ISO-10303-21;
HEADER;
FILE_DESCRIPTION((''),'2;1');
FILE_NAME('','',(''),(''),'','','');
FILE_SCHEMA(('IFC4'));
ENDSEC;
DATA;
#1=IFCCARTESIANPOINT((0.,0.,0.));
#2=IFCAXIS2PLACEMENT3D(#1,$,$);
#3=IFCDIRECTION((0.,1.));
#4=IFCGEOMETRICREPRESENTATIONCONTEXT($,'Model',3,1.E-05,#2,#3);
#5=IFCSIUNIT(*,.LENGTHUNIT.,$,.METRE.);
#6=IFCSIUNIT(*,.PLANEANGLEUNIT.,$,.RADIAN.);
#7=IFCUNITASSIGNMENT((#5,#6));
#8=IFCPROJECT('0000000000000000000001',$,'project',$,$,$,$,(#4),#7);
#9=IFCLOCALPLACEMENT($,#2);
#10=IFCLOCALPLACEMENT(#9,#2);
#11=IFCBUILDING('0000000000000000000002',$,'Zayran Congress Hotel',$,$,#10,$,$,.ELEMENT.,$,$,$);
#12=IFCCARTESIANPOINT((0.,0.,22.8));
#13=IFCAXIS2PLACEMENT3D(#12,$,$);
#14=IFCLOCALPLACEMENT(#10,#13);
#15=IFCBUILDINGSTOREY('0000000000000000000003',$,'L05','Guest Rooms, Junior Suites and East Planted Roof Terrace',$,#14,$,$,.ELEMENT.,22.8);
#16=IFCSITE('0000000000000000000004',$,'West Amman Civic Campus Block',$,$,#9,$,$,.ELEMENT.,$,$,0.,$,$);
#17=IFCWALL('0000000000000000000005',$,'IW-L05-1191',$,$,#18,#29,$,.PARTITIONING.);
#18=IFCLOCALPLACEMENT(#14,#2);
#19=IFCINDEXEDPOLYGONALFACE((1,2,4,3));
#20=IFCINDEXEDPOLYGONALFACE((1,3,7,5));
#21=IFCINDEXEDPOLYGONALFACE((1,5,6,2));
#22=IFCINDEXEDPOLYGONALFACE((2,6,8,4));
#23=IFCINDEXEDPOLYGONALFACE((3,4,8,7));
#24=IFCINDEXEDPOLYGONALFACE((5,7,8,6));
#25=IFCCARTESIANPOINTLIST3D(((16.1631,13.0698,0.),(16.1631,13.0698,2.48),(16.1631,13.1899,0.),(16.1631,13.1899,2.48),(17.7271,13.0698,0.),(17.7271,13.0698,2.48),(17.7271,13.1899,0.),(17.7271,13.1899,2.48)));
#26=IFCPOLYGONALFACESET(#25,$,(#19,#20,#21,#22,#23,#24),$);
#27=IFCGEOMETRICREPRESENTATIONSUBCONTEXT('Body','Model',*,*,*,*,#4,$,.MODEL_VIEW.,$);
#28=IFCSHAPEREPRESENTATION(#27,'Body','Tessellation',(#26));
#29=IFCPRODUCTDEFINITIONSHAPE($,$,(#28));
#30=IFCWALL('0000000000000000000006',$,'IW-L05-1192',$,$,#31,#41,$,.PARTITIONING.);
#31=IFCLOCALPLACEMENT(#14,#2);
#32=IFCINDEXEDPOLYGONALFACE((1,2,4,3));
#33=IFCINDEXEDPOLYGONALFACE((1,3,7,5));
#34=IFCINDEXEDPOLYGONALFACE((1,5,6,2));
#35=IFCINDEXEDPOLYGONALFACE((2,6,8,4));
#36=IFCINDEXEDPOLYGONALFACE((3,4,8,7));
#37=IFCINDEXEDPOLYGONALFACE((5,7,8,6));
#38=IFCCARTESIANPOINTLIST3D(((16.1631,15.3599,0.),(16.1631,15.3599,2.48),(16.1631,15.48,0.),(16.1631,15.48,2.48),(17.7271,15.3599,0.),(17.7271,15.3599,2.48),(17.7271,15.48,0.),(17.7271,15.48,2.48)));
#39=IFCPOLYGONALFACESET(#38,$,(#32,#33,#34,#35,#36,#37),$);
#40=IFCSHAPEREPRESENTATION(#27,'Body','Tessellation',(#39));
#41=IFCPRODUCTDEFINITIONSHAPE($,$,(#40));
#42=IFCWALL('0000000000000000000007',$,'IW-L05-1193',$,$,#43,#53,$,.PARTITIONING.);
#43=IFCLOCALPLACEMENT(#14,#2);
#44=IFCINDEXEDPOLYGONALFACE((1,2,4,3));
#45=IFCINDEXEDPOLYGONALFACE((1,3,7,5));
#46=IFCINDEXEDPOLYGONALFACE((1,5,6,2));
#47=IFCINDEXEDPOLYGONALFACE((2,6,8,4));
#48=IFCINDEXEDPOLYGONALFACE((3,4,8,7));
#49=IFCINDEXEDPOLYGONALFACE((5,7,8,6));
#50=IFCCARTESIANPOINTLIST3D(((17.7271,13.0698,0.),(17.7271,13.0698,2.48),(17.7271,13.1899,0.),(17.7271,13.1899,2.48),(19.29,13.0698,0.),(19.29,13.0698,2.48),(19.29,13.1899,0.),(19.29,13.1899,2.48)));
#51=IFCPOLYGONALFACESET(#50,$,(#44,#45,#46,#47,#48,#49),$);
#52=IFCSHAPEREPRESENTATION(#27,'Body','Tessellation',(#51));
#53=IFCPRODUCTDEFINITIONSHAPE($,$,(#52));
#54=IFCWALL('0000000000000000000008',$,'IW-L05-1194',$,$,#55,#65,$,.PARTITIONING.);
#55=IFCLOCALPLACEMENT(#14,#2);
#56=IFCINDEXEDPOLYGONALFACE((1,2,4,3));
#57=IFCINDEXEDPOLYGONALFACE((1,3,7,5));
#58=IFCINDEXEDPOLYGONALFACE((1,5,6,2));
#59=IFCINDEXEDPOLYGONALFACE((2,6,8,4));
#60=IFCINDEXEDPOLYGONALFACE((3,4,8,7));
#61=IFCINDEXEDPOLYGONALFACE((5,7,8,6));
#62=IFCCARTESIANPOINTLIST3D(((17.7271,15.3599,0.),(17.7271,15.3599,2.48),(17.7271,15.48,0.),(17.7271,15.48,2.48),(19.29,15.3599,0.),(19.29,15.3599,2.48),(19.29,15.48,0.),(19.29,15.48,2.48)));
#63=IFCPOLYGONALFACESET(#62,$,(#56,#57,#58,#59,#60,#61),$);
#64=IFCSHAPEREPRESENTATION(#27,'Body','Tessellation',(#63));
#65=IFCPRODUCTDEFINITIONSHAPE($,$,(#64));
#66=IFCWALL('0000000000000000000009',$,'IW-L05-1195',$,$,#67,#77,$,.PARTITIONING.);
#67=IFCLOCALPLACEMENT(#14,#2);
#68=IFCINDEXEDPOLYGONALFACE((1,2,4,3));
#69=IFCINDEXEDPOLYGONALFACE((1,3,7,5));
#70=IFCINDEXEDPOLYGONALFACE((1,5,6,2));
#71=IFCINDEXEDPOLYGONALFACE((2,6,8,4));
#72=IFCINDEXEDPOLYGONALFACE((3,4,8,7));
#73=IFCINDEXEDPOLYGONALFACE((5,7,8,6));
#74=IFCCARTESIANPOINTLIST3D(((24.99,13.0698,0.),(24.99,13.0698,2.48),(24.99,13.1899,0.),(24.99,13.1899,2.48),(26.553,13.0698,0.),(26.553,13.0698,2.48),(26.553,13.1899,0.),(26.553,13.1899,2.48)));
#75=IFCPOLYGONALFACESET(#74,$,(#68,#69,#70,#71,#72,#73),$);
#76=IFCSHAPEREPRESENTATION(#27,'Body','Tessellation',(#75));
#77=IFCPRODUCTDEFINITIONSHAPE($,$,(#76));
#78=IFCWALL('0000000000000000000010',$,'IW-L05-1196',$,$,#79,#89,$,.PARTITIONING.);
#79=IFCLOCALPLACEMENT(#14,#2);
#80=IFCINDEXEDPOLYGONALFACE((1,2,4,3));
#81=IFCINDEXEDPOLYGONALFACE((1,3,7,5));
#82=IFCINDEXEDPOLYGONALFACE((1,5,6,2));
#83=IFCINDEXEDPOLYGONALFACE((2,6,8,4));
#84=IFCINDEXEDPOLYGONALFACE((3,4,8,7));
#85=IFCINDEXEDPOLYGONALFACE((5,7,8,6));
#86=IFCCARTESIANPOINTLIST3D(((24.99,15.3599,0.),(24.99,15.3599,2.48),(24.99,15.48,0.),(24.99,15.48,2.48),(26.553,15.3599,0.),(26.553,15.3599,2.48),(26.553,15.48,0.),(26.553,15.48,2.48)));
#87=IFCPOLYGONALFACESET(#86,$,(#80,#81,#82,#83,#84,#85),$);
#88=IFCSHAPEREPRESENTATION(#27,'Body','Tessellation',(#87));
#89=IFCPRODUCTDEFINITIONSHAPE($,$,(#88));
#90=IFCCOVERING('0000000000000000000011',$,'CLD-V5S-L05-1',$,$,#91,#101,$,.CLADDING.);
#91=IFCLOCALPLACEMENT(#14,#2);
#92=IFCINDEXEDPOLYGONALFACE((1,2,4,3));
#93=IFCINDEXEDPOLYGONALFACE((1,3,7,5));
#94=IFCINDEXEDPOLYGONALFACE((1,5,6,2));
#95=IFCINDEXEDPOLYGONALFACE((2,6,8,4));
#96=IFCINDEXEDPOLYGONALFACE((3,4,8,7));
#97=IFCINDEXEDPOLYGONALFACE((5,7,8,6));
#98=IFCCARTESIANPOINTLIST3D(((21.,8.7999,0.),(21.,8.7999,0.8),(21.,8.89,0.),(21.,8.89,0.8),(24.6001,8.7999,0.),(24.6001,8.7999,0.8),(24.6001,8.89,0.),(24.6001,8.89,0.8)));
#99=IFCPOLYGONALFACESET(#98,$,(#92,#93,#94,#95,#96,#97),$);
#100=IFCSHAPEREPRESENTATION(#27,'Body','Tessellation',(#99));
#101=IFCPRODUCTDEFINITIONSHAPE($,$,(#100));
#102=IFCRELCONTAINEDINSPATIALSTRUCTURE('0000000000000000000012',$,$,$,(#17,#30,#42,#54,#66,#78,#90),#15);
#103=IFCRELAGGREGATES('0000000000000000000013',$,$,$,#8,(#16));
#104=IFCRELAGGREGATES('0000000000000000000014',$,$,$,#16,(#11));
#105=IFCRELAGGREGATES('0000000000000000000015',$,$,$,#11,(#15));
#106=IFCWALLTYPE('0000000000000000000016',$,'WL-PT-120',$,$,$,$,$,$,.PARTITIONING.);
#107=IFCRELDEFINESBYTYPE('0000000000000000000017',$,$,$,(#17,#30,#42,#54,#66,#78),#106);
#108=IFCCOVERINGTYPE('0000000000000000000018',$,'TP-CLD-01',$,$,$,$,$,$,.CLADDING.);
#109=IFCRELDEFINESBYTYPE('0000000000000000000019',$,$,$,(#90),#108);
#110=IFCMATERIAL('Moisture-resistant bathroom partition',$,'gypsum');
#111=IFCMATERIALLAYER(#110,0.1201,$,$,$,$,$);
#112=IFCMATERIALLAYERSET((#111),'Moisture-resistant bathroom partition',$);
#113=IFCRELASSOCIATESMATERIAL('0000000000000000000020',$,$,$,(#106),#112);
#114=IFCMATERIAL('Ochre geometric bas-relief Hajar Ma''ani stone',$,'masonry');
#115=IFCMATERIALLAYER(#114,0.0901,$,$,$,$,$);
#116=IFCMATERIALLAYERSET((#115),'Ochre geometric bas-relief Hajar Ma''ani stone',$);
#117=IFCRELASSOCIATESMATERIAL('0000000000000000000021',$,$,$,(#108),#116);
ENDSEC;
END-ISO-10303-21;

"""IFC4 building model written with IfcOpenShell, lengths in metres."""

from ifc_helpers import new_model, si_unit, direction, frame, frame_2d, origin, origin_2d, place, context, subcontext, project, spatial, rectangle, extrude, material, layer, layer_set, type_object, element, save


model = new_model("IFC4")

# Units and contexts
model_context = context("Model", 3, precision=1e-05, world=origin(), true_north=direction((0.0, 1.0)))
body_context = subcontext(model_context, "Body", "Model", "MODEL_VIEW")
ifc_project = project(units=[si_unit("LENGTHUNIT", "METRE"), si_unit("PLANEANGLEUNIT", "RADIAN")], contexts=[model_context])

# Site, building, storey
site_placement = place(None, origin())
site = spatial("IfcSite", under=ifc_project, at=site_placement, Name="West Amman Civic Campus Block", CompositionType="ELEMENT", RefElevation=0.0)
building_placement = place(site_placement, origin())
building = spatial("IfcBuilding", under=site, at=building_placement, Name="Zayran Congress Hotel", CompositionType="ELEMENT")
storey_placement = place(building_placement, frame((0.0, 0.0, 22.8)))
storey = spatial("IfcBuildingStorey", under=building, at=storey_placement, Name="L05", Description="Guest Rooms, Junior Suites and East Planted Roof Terrace", CompositionType="ELEMENT", Elevation=22.8)

# Shared definitions
ifc_material_1 = material(Name="Moisture-resistant bathroom partition", Category="gypsum")
ifc_layer_1 = layer(ifc_material_1, 0.1201)
ifc_layer_set_1 = layer_set([ifc_layer_1], Name="Moisture-resistant bathroom partition")
wall_type_1 = type_object("IfcWallType", Name="WL-PT-120", PredefinedType="PARTITIONING", material=ifc_layer_set_1)

# Walls
for number, where, z_axis, x_axis, name in (
    (1, (16.1631, 13.1299, 0.0), (0.0, 0.0, 1.0), (1.0, 0.0, 0.0), "IW-L05-1191"),
    (2, (16.1631, 15.4199, 0.0), (0.0, 0.0, 1.0), (1.0, 0.0, 0.0), "IW-L05-1192"),
):
    element("IfcWall", number, at=place(storey_placement, frame(where, z_axis=z_axis, x_axis=x_axis)), inside=storey, type_object=wall_type_1, Name=name, PredefinedType="PARTITIONING", context=body_context, shape_type="SweptSolid", body=[
        extrude(rectangle(XDim=1.564, YDim=0.1201, at=frame_2d((0.782, 0.0))), origin(), (0.0, 0.0, 1.0), 2.48),
    ])
for number, where, z_axis, x_axis, name in (
    (3, (17.7271, 13.1299, 0.0), (0.0, 0.0, 1.0), (1.0, 0.0, 0.0), "IW-L05-1193"),
    (4, (17.7271, 15.4199, 0.0), (0.0, 0.0, 1.0), (1.0, 0.0, 0.0), "IW-L05-1194"),
    (5, (24.99, 13.1299, 0.0), (0.0, 0.0, 1.0), (1.0, 0.0, 0.0), "IW-L05-1195"),
    (6, (24.99, 15.4199, 0.0), (0.0, 0.0, 1.0), (1.0, 0.0, 0.0), "IW-L05-1196"),
):
    element("IfcWall", number, at=place(storey_placement, frame(where, z_axis=z_axis, x_axis=x_axis)), inside=storey, type_object=wall_type_1, Name=name, PredefinedType="PARTITIONING", context=body_context, shape_type="SweptSolid", body=[
        extrude(rectangle(XDim=1.563, YDim=0.1201, at=frame_2d((0.7815, 0.0))), origin(), (0.0, 0.0, 1.0), 2.48),
    ])

# Covering
ifc_material_2 = material(Name="Ochre geometric bas-relief Hajar Ma'ani stone", Category="masonry")
ifc_layer_2 = layer(ifc_material_2, 0.0901)
ifc_layer_set_2 = layer_set([ifc_layer_2], Name="Ochre geometric bas-relief Hajar Ma'ani stone")
covering_type = type_object("IfcCoveringType", Name="TP-CLD-01", PredefinedType="CLADDING", material=ifc_layer_set_2)
covering_placement = place(storey_placement, frame((22.8, 8.845, 0.0), z_axis=(0.0, 0.0, 1.0), x_axis=(1.0, 0.0, 0.0)))
element("IfcCovering", 7, at=covering_placement, inside=storey, type_object=covering_type, Name="CLD-V5S-L05-1", PredefinedType="CLADDING", context=body_context, shape_type="SweptSolid", body=[
    extrude(rectangle(XDim=3.6001, YDim=0.0901, at=origin_2d()), origin(), (0.0, 0.0, 1.0), 0.8),
])

save(model, "model.ifc")
